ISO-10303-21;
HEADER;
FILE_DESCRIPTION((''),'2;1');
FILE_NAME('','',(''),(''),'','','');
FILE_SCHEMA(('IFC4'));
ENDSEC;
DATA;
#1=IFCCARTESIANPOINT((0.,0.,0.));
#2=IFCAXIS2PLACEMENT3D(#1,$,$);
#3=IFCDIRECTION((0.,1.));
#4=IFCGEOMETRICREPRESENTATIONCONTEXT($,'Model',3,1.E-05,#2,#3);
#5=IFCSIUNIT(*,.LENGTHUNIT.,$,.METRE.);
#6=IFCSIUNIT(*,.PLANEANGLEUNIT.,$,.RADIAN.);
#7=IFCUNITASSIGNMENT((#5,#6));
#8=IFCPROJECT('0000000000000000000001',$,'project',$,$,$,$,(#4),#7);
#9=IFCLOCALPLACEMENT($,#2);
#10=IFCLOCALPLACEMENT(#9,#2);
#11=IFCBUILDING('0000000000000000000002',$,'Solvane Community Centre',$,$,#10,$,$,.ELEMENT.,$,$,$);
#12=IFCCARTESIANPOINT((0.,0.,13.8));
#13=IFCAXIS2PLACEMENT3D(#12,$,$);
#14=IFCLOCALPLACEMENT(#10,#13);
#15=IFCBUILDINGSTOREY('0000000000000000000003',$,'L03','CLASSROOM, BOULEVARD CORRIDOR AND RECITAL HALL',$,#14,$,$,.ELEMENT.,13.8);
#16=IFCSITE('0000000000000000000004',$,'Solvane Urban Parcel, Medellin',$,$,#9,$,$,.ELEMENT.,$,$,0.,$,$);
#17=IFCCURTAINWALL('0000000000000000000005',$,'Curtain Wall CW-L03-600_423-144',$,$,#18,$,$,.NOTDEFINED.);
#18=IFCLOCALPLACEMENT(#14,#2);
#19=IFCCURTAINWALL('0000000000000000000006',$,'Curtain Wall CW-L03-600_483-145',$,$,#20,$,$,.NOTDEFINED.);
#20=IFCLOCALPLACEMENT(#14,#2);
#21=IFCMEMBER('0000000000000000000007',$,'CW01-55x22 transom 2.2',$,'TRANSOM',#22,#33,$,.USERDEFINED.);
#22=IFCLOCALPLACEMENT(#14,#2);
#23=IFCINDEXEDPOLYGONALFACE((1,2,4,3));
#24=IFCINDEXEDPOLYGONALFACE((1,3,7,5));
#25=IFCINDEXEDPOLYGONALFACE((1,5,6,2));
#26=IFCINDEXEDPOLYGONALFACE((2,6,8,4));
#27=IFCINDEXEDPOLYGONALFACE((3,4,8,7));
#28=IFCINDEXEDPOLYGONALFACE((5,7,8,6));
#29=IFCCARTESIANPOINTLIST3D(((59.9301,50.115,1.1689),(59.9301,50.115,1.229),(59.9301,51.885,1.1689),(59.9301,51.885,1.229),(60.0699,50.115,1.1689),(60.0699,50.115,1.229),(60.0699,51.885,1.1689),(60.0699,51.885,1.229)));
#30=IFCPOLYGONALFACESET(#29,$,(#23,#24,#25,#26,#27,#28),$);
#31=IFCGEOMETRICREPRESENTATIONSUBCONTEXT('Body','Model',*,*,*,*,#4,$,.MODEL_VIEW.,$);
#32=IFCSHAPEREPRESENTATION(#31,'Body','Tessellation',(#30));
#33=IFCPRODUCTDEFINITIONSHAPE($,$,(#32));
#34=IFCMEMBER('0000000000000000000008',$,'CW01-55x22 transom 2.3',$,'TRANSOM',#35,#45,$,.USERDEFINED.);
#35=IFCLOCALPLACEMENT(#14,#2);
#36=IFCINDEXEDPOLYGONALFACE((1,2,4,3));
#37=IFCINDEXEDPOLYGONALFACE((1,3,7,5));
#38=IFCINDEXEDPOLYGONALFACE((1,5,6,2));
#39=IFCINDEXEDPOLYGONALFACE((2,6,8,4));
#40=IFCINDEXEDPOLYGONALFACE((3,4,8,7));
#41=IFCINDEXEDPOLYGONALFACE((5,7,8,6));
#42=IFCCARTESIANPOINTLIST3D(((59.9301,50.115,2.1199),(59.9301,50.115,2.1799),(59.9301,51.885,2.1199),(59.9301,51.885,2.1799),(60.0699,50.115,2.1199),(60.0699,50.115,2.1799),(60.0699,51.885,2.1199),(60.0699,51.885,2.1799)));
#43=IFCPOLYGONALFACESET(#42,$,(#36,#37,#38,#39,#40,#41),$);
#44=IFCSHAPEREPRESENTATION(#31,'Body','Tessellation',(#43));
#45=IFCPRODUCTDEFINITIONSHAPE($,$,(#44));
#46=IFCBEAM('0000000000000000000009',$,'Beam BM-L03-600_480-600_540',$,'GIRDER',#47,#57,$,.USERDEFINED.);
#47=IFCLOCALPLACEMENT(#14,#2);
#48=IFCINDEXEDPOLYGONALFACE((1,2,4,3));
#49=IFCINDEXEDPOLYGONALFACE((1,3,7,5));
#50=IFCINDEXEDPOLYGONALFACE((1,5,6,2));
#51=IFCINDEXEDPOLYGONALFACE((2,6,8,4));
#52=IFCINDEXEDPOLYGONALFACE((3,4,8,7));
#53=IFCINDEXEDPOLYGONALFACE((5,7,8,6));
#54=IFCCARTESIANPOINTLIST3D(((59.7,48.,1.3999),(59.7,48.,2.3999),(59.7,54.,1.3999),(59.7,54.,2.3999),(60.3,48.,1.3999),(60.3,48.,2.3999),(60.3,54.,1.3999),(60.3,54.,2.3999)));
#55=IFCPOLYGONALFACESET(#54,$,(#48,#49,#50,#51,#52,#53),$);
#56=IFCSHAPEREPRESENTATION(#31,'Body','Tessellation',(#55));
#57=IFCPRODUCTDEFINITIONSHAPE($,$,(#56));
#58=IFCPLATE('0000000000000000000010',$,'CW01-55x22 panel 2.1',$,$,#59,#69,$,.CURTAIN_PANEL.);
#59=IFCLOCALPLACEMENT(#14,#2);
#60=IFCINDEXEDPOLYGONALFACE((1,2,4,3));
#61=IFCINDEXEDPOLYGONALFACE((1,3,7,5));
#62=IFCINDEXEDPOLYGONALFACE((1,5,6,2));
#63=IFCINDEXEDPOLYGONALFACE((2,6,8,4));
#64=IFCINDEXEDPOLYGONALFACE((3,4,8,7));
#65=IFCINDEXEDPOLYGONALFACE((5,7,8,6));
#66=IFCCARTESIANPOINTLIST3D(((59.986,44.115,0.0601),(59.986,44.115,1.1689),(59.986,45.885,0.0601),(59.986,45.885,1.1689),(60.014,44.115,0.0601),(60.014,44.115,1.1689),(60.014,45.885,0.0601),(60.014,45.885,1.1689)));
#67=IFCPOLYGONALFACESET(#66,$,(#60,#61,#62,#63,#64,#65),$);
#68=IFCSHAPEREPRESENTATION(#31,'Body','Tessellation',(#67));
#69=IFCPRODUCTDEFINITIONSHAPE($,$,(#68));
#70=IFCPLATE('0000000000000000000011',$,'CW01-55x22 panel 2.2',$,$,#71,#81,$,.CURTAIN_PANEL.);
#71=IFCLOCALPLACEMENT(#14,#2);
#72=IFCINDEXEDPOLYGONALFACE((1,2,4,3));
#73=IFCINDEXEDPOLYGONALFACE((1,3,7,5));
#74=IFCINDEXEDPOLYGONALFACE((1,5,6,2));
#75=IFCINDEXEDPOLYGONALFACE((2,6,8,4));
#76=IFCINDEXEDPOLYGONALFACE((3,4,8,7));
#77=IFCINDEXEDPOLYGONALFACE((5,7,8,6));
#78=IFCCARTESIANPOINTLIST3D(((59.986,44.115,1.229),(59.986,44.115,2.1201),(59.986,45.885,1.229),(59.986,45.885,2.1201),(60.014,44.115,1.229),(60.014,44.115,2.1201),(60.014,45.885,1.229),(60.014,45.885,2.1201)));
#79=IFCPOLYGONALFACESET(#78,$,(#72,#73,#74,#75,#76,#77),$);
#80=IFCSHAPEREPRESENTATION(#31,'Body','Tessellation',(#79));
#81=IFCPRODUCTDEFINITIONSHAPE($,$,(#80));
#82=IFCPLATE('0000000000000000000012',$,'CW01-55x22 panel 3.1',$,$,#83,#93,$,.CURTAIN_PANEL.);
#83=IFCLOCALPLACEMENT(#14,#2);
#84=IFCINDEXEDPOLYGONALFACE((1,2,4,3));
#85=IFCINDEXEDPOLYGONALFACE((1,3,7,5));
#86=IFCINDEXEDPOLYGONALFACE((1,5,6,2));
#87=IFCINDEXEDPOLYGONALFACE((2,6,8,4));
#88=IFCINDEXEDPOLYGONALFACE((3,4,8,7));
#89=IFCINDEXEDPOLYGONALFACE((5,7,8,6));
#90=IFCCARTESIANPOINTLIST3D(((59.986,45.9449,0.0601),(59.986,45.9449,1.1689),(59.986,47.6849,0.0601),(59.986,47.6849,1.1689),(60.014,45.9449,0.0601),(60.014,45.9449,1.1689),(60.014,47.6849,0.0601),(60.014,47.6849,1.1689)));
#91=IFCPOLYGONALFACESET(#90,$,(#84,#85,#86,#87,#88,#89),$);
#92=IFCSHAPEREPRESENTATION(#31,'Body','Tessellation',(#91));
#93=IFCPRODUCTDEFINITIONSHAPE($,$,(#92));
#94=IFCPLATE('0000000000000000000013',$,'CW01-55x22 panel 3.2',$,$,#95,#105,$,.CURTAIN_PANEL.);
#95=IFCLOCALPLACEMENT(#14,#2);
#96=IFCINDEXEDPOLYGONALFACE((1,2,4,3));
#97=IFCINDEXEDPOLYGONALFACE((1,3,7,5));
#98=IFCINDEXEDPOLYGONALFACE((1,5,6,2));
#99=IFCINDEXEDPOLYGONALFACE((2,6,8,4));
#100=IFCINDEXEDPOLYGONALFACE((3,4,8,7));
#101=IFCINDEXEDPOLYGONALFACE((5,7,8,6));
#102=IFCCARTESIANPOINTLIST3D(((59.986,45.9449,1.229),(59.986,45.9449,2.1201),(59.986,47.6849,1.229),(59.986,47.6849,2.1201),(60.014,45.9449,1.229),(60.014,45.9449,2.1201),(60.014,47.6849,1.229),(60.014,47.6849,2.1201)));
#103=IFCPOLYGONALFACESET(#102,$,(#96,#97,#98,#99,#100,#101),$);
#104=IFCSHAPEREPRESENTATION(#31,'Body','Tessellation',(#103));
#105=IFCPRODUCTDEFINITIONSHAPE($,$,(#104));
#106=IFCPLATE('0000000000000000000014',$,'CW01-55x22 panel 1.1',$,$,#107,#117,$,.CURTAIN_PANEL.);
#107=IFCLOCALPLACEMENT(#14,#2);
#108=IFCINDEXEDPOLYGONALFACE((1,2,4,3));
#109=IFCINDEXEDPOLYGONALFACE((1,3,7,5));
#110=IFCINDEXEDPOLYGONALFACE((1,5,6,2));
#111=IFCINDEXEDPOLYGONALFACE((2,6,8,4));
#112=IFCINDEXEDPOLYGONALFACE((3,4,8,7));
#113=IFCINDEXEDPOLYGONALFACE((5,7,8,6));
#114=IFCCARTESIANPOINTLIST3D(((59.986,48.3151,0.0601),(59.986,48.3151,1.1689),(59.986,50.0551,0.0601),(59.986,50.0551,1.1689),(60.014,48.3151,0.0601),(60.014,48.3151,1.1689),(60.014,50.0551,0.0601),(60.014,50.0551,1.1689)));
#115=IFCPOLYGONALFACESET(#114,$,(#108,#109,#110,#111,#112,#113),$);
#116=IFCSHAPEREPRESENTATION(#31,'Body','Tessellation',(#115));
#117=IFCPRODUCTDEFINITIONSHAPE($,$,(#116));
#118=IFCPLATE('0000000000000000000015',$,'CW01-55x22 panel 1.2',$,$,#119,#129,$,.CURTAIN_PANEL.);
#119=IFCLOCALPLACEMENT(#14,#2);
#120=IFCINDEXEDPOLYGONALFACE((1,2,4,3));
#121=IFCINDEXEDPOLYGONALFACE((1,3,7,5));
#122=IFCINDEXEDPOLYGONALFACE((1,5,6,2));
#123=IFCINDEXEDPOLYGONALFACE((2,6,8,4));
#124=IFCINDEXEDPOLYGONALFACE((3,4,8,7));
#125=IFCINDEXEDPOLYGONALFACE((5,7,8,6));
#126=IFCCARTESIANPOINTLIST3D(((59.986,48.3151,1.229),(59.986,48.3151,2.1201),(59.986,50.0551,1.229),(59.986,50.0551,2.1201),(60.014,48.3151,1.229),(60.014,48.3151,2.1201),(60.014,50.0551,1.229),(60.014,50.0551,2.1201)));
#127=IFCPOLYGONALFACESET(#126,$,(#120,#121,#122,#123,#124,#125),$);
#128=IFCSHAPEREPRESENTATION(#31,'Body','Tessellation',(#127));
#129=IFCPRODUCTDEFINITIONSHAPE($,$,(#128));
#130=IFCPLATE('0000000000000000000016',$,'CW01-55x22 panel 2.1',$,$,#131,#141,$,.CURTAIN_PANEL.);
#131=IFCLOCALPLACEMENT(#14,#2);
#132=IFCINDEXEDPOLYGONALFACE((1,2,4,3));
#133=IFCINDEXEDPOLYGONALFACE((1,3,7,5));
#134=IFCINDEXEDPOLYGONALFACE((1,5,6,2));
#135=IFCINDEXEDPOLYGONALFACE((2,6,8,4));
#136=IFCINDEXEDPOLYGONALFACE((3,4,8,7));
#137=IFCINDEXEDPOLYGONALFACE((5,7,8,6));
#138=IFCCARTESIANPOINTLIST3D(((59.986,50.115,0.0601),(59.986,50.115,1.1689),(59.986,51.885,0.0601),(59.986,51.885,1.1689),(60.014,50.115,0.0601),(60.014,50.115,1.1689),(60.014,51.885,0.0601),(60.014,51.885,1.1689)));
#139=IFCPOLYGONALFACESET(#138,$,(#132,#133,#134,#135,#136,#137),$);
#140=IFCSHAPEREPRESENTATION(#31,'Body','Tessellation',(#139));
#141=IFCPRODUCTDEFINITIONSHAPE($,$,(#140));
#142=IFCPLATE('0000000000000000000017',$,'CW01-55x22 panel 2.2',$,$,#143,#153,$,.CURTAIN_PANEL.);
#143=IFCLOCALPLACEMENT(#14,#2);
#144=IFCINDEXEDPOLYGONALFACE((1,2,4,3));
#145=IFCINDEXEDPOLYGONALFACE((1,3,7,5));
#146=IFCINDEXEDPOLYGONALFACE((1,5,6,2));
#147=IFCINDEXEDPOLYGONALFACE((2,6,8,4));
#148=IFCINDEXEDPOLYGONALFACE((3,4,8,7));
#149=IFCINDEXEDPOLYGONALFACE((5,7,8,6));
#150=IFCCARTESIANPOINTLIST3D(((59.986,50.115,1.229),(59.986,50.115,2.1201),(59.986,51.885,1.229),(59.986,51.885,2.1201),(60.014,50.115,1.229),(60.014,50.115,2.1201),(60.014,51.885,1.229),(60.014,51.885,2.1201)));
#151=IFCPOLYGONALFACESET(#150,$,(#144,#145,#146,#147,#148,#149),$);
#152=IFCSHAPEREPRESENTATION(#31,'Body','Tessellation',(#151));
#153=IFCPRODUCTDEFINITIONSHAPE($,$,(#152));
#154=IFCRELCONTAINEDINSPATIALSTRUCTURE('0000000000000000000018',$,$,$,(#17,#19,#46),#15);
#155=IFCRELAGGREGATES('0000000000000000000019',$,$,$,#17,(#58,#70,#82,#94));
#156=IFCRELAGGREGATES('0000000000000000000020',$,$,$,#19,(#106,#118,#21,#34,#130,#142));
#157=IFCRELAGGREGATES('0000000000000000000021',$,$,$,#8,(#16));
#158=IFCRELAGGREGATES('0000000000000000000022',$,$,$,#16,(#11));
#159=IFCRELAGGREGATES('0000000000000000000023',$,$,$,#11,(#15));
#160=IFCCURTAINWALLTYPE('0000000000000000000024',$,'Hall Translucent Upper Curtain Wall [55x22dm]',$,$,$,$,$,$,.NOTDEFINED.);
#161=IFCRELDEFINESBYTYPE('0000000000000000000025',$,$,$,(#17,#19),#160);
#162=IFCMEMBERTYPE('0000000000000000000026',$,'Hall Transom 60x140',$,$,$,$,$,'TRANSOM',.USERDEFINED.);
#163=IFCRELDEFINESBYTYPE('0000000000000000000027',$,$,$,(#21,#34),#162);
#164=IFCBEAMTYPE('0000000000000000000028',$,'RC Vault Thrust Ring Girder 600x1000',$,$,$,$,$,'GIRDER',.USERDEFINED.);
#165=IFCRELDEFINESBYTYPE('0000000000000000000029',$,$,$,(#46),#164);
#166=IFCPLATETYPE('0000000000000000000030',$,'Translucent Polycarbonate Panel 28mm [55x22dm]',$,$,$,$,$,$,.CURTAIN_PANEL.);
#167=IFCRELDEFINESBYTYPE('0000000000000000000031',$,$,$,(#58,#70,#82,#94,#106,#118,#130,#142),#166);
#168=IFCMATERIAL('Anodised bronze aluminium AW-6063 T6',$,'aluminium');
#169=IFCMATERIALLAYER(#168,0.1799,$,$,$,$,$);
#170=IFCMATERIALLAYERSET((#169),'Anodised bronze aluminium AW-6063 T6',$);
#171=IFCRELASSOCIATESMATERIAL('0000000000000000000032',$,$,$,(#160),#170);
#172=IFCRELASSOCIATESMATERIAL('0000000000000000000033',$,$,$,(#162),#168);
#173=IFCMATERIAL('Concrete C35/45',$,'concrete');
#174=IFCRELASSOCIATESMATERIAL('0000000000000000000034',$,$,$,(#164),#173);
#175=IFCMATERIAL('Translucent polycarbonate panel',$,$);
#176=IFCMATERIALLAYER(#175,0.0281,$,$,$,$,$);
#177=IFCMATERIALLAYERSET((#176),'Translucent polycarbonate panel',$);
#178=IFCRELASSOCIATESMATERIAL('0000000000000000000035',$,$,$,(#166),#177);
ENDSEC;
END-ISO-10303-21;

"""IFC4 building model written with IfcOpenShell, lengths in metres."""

from ifc_helpers import new_model, si_unit, direction, frame, origin, origin_2d, place, context, subcontext, project, spatial, rectangle, extrude, material, layer, layer_set, material_profile, profile_set, type_object, element, aggregate, save


model = new_model("IFC4")

# Units and contexts
model_context = context("Model", 3, precision=1e-05, world=origin(), true_north=direction((0.0, 1.0)))
body_context = subcontext(model_context, "Body", "Model", "MODEL_VIEW")
ifc_project = project(units=[si_unit("LENGTHUNIT", "METRE"), si_unit("PLANEANGLEUNIT", "RADIAN")], contexts=[model_context])

# Site, building, storey
site_placement = place(None, origin())
site = spatial("IfcSite", under=ifc_project, at=site_placement, Name="Solvane Urban Parcel, Medellin", CompositionType="ELEMENT", RefElevation=0.0)
building_placement = place(site_placement, origin())
building = spatial("IfcBuilding", under=site, at=building_placement, Name="Solvane Community Centre", CompositionType="ELEMENT")
storey_placement = place(building_placement, frame((0.0, 0.0, 13.8)))
storey = spatial("IfcBuildingStorey", under=building, at=storey_placement, Name="L03", Description="CLASSROOM, BOULEVARD CORRIDOR AND RECITAL HALL", CompositionType="ELEMENT", Elevation=13.8)

# Curtain walls
ifc_material_1 = material(Name="Anodised bronze aluminium AW-6063 T6", Category="aluminium")
ifc_layer_1 = layer(ifc_material_1, 0.1799)
ifc_layer_set_1 = layer_set([ifc_layer_1], Name="Anodised bronze aluminium AW-6063 T6")
curtain_wall_type = type_object("IfcCurtainWallType", Name="Hall Translucent Upper Curtain Wall [55x22dm]", PredefinedType="NOTDEFINED", material=ifc_layer_set_1)
curtain_wall_1_placement = place(storey_placement, origin())
curtain_wall_1 = element("IfcCurtainWall", 1, at=curtain_wall_1_placement, inside=storey, type_object=curtain_wall_type, Name="Curtain Wall CW-L03-600_423-144", PredefinedType="NOTDEFINED")
curtain_wall_2_placement = place(storey_placement, origin())
curtain_wall_2 = element("IfcCurtainWall", 2, at=curtain_wall_2_placement, inside=storey, type_object=curtain_wall_type, Name="Curtain Wall CW-L03-600_483-145", PredefinedType="NOTDEFINED")

# Members
ifc_material_profile_1 = material_profile(ifc_material_1, rectangle(XDim=0.1399, YDim=0.0601, at=origin_2d()), Name="CW-T 60x140")
ifc_profile_set_1 = profile_set([ifc_material_profile_1], Name="Anodised bronze aluminium AW-6063 T6")
member_type_1 = type_object("IfcMemberType", Name="Hall Transom 60x140", ElementType="TRANSOM", PredefinedType="USERDEFINED", material=ifc_profile_set_1)
member_1_placement = place(storey_placement, frame((60.0, 50.115, 1.199), z_axis=(0.0, 1.0, 0.0), x_axis=(-1.0, 0.0, 0.0)))
member_1 = element("IfcMember", 3, at=member_1_placement, type_object=member_type_1, Name="CW01-55x22 transom 2.2", ObjectType="TRANSOM", PredefinedType="USERDEFINED", context=body_context, shape_type="SweptSolid", body=[
    extrude(rectangle(XDim=0.1399, YDim=0.0601, at=origin_2d()), origin(), (0.0, 0.0, 1.0), 1.77),
])
member_2_placement = place(storey_placement, frame((60.0, 50.115, 2.1499), z_axis=(0.0, 1.0, 0.0), x_axis=(-1.0, 0.0, 0.0)))
member_2 = element("IfcMember", 4, at=member_2_placement, type_object=member_type_1, Name="CW01-55x22 transom 2.3", ObjectType="TRANSOM", PredefinedType="USERDEFINED", context=body_context, shape_type="SweptSolid", body=[
    extrude(rectangle(XDim=0.1399, YDim=0.0601, at=origin_2d()), origin(), (0.0, 0.0, 1.0), 1.77),
])

# Beam
ifc_material_2 = material(Name="Concrete C35/45", Category="concrete")
ifc_material_profile_2 = material_profile(ifc_material_2, rectangle(XDim=0.6001, YDim=1.0, at=origin_2d()), Name="RC 600x1000")
ifc_profile_set_2 = profile_set([ifc_material_profile_2], Name="Concrete C35/45")
beam_type = type_object("IfcBeamType", Name="RC Vault Thrust Ring Girder 600x1000", ElementType="GIRDER", PredefinedType="USERDEFINED", material=ifc_profile_set_2)
beam_placement = place(storey_placement, frame((60.0, 48.0, 1.8999), z_axis=(0.0, 1.0, 0.0), x_axis=(-1.0, 0.0, 0.0)))
element("IfcBeam", 5, at=beam_placement, inside=storey, type_object=beam_type, Name="Beam BM-L03-600_480-600_540", ObjectType="GIRDER", PredefinedType="USERDEFINED", context=body_context, shape_type="SweptSolid", body=[
    extrude(rectangle(XDim=0.6001, YDim=1.0, at=origin_2d()), origin(), (0.0, 0.0, 1.0), 6.0),
])

# Plates
ifc_material_3 = material(Name="Translucent polycarbonate panel")
ifc_layer_2 = layer(ifc_material_3, 0.0281)
ifc_layer_set_2 = layer_set([ifc_layer_2], Name="Translucent polycarbonate panel")
plate_type = type_object("IfcPlateType", Name="Translucent Polycarbonate Panel 28mm [55x22dm]", PredefinedType="CURTAIN_PANEL", material=ifc_layer_set_2)
plate_1_placement = place(storey_placement, frame((60.0, 45.0, 0.0601), z_axis=(0.0, 0.0, 1.0), x_axis=(0.0, 1.0, 0.0)))
plate_1 = element("IfcPlate", 6, at=plate_1_placement, type_object=plate_type, Name="CW01-55x22 panel 2.1", PredefinedType="CURTAIN_PANEL", context=body_context, shape_type="SweptSolid", body=[
    extrude(rectangle(XDim=1.77, YDim=0.0281, at=origin_2d()), origin(), (0.0, 0.0, 1.0), 1.1089),
])
plate_2_placement = place(storey_placement, frame((60.0, 45.0, 1.229), z_axis=(0.0, 0.0, 1.0), x_axis=(0.0, 1.0, 0.0)))
plate_2 = element("IfcPlate", 7, at=plate_2_placement, type_object=plate_type, Name="CW01-55x22 panel 2.2", PredefinedType="CURTAIN_PANEL", context=body_context, shape_type="SweptSolid", body=[
    extrude(rectangle(XDim=1.77, YDim=0.0281, at=origin_2d()), origin(), (0.0, 0.0, 1.0), 0.8911),
])
plate_3_placement = place(storey_placement, frame((60.0, 46.8149, 0.0601), z_axis=(0.0, 0.0, 1.0), x_axis=(0.0, 1.0, 0.0)))
plate_3 = element("IfcPlate", 8, at=plate_3_placement, type_object=plate_type, Name="CW01-55x22 panel 3.1", PredefinedType="CURTAIN_PANEL", context=body_context, shape_type="SweptSolid", body=[
    extrude(rectangle(XDim=1.74, YDim=0.0281, at=origin_2d()), origin(), (0.0, 0.0, 1.0), 1.1089),
])
plate_4_placement = place(storey_placement, frame((60.0, 46.8149, 1.229), z_axis=(0.0, 0.0, 1.0), x_axis=(0.0, 1.0, 0.0)))
plate_4 = element("IfcPlate", 9, at=plate_4_placement, type_object=plate_type, Name="CW01-55x22 panel 3.2", PredefinedType="CURTAIN_PANEL", context=body_context, shape_type="SweptSolid", body=[
    extrude(rectangle(XDim=1.74, YDim=0.0281, at=origin_2d()), origin(), (0.0, 0.0, 1.0), 0.8911),
])
aggregate(curtain_wall_1, [plate_1, plate_2, plate_3, plate_4])
plate_5_placement = place(storey_placement, frame((60.0, 49.1851, 0.0601), z_axis=(0.0, 0.0, 1.0), x_axis=(0.0, 1.0, 0.0)))
plate_5 = element("IfcPlate", 10, at=plate_5_placement, type_object=plate_type, Name="CW01-55x22 panel 1.1", PredefinedType="CURTAIN_PANEL", context=body_context, shape_type="SweptSolid", body=[
    extrude(rectangle(XDim=1.74, YDim=0.0281, at=origin_2d()), origin(), (0.0, 0.0, 1.0), 1.1089),
])
plate_6_placement = place(storey_placement, frame((60.0, 49.1851, 1.229), z_axis=(0.0, 0.0, 1.0), x_axis=(0.0, 1.0, 0.0)))
plate_6 = element("IfcPlate", 11, at=plate_6_placement, type_object=plate_type, Name="CW01-55x22 panel 1.2", PredefinedType="CURTAIN_PANEL", context=body_context, shape_type="SweptSolid", body=[
    extrude(rectangle(XDim=1.74, YDim=0.0281, at=origin_2d()), origin(), (0.0, 0.0, 1.0), 0.8911),
])
plate_7_placement = place(storey_placement, frame((60.0, 51.0, 0.0601), z_axis=(0.0, 0.0, 1.0), x_axis=(0.0, 1.0, 0.0)))
plate_7 = element("IfcPlate", 12, at=plate_7_placement, type_object=plate_type, Name="CW01-55x22 panel 2.1", PredefinedType="CURTAIN_PANEL", context=body_context, shape_type="SweptSolid", body=[
    extrude(rectangle(XDim=1.77, YDim=0.0281, at=origin_2d()), origin(), (0.0, 0.0, 1.0), 1.1089),
])
plate_8_placement = place(storey_placement, frame((60.0, 51.0, 1.229), z_axis=(0.0, 0.0, 1.0), x_axis=(0.0, 1.0, 0.0)))
plate_8 = element("IfcPlate", 13, at=plate_8_placement, type_object=plate_type, Name="CW01-55x22 panel 2.2", PredefinedType="CURTAIN_PANEL", context=body_context, shape_type="SweptSolid", body=[
    extrude(rectangle(XDim=1.77, YDim=0.0281, at=origin_2d()), origin(), (0.0, 0.0, 1.0), 0.8911),
])
aggregate(curtain_wall_2, [plate_5, plate_6, member_1, member_2, plate_7, plate_8])

save(model, "model.ifc")
